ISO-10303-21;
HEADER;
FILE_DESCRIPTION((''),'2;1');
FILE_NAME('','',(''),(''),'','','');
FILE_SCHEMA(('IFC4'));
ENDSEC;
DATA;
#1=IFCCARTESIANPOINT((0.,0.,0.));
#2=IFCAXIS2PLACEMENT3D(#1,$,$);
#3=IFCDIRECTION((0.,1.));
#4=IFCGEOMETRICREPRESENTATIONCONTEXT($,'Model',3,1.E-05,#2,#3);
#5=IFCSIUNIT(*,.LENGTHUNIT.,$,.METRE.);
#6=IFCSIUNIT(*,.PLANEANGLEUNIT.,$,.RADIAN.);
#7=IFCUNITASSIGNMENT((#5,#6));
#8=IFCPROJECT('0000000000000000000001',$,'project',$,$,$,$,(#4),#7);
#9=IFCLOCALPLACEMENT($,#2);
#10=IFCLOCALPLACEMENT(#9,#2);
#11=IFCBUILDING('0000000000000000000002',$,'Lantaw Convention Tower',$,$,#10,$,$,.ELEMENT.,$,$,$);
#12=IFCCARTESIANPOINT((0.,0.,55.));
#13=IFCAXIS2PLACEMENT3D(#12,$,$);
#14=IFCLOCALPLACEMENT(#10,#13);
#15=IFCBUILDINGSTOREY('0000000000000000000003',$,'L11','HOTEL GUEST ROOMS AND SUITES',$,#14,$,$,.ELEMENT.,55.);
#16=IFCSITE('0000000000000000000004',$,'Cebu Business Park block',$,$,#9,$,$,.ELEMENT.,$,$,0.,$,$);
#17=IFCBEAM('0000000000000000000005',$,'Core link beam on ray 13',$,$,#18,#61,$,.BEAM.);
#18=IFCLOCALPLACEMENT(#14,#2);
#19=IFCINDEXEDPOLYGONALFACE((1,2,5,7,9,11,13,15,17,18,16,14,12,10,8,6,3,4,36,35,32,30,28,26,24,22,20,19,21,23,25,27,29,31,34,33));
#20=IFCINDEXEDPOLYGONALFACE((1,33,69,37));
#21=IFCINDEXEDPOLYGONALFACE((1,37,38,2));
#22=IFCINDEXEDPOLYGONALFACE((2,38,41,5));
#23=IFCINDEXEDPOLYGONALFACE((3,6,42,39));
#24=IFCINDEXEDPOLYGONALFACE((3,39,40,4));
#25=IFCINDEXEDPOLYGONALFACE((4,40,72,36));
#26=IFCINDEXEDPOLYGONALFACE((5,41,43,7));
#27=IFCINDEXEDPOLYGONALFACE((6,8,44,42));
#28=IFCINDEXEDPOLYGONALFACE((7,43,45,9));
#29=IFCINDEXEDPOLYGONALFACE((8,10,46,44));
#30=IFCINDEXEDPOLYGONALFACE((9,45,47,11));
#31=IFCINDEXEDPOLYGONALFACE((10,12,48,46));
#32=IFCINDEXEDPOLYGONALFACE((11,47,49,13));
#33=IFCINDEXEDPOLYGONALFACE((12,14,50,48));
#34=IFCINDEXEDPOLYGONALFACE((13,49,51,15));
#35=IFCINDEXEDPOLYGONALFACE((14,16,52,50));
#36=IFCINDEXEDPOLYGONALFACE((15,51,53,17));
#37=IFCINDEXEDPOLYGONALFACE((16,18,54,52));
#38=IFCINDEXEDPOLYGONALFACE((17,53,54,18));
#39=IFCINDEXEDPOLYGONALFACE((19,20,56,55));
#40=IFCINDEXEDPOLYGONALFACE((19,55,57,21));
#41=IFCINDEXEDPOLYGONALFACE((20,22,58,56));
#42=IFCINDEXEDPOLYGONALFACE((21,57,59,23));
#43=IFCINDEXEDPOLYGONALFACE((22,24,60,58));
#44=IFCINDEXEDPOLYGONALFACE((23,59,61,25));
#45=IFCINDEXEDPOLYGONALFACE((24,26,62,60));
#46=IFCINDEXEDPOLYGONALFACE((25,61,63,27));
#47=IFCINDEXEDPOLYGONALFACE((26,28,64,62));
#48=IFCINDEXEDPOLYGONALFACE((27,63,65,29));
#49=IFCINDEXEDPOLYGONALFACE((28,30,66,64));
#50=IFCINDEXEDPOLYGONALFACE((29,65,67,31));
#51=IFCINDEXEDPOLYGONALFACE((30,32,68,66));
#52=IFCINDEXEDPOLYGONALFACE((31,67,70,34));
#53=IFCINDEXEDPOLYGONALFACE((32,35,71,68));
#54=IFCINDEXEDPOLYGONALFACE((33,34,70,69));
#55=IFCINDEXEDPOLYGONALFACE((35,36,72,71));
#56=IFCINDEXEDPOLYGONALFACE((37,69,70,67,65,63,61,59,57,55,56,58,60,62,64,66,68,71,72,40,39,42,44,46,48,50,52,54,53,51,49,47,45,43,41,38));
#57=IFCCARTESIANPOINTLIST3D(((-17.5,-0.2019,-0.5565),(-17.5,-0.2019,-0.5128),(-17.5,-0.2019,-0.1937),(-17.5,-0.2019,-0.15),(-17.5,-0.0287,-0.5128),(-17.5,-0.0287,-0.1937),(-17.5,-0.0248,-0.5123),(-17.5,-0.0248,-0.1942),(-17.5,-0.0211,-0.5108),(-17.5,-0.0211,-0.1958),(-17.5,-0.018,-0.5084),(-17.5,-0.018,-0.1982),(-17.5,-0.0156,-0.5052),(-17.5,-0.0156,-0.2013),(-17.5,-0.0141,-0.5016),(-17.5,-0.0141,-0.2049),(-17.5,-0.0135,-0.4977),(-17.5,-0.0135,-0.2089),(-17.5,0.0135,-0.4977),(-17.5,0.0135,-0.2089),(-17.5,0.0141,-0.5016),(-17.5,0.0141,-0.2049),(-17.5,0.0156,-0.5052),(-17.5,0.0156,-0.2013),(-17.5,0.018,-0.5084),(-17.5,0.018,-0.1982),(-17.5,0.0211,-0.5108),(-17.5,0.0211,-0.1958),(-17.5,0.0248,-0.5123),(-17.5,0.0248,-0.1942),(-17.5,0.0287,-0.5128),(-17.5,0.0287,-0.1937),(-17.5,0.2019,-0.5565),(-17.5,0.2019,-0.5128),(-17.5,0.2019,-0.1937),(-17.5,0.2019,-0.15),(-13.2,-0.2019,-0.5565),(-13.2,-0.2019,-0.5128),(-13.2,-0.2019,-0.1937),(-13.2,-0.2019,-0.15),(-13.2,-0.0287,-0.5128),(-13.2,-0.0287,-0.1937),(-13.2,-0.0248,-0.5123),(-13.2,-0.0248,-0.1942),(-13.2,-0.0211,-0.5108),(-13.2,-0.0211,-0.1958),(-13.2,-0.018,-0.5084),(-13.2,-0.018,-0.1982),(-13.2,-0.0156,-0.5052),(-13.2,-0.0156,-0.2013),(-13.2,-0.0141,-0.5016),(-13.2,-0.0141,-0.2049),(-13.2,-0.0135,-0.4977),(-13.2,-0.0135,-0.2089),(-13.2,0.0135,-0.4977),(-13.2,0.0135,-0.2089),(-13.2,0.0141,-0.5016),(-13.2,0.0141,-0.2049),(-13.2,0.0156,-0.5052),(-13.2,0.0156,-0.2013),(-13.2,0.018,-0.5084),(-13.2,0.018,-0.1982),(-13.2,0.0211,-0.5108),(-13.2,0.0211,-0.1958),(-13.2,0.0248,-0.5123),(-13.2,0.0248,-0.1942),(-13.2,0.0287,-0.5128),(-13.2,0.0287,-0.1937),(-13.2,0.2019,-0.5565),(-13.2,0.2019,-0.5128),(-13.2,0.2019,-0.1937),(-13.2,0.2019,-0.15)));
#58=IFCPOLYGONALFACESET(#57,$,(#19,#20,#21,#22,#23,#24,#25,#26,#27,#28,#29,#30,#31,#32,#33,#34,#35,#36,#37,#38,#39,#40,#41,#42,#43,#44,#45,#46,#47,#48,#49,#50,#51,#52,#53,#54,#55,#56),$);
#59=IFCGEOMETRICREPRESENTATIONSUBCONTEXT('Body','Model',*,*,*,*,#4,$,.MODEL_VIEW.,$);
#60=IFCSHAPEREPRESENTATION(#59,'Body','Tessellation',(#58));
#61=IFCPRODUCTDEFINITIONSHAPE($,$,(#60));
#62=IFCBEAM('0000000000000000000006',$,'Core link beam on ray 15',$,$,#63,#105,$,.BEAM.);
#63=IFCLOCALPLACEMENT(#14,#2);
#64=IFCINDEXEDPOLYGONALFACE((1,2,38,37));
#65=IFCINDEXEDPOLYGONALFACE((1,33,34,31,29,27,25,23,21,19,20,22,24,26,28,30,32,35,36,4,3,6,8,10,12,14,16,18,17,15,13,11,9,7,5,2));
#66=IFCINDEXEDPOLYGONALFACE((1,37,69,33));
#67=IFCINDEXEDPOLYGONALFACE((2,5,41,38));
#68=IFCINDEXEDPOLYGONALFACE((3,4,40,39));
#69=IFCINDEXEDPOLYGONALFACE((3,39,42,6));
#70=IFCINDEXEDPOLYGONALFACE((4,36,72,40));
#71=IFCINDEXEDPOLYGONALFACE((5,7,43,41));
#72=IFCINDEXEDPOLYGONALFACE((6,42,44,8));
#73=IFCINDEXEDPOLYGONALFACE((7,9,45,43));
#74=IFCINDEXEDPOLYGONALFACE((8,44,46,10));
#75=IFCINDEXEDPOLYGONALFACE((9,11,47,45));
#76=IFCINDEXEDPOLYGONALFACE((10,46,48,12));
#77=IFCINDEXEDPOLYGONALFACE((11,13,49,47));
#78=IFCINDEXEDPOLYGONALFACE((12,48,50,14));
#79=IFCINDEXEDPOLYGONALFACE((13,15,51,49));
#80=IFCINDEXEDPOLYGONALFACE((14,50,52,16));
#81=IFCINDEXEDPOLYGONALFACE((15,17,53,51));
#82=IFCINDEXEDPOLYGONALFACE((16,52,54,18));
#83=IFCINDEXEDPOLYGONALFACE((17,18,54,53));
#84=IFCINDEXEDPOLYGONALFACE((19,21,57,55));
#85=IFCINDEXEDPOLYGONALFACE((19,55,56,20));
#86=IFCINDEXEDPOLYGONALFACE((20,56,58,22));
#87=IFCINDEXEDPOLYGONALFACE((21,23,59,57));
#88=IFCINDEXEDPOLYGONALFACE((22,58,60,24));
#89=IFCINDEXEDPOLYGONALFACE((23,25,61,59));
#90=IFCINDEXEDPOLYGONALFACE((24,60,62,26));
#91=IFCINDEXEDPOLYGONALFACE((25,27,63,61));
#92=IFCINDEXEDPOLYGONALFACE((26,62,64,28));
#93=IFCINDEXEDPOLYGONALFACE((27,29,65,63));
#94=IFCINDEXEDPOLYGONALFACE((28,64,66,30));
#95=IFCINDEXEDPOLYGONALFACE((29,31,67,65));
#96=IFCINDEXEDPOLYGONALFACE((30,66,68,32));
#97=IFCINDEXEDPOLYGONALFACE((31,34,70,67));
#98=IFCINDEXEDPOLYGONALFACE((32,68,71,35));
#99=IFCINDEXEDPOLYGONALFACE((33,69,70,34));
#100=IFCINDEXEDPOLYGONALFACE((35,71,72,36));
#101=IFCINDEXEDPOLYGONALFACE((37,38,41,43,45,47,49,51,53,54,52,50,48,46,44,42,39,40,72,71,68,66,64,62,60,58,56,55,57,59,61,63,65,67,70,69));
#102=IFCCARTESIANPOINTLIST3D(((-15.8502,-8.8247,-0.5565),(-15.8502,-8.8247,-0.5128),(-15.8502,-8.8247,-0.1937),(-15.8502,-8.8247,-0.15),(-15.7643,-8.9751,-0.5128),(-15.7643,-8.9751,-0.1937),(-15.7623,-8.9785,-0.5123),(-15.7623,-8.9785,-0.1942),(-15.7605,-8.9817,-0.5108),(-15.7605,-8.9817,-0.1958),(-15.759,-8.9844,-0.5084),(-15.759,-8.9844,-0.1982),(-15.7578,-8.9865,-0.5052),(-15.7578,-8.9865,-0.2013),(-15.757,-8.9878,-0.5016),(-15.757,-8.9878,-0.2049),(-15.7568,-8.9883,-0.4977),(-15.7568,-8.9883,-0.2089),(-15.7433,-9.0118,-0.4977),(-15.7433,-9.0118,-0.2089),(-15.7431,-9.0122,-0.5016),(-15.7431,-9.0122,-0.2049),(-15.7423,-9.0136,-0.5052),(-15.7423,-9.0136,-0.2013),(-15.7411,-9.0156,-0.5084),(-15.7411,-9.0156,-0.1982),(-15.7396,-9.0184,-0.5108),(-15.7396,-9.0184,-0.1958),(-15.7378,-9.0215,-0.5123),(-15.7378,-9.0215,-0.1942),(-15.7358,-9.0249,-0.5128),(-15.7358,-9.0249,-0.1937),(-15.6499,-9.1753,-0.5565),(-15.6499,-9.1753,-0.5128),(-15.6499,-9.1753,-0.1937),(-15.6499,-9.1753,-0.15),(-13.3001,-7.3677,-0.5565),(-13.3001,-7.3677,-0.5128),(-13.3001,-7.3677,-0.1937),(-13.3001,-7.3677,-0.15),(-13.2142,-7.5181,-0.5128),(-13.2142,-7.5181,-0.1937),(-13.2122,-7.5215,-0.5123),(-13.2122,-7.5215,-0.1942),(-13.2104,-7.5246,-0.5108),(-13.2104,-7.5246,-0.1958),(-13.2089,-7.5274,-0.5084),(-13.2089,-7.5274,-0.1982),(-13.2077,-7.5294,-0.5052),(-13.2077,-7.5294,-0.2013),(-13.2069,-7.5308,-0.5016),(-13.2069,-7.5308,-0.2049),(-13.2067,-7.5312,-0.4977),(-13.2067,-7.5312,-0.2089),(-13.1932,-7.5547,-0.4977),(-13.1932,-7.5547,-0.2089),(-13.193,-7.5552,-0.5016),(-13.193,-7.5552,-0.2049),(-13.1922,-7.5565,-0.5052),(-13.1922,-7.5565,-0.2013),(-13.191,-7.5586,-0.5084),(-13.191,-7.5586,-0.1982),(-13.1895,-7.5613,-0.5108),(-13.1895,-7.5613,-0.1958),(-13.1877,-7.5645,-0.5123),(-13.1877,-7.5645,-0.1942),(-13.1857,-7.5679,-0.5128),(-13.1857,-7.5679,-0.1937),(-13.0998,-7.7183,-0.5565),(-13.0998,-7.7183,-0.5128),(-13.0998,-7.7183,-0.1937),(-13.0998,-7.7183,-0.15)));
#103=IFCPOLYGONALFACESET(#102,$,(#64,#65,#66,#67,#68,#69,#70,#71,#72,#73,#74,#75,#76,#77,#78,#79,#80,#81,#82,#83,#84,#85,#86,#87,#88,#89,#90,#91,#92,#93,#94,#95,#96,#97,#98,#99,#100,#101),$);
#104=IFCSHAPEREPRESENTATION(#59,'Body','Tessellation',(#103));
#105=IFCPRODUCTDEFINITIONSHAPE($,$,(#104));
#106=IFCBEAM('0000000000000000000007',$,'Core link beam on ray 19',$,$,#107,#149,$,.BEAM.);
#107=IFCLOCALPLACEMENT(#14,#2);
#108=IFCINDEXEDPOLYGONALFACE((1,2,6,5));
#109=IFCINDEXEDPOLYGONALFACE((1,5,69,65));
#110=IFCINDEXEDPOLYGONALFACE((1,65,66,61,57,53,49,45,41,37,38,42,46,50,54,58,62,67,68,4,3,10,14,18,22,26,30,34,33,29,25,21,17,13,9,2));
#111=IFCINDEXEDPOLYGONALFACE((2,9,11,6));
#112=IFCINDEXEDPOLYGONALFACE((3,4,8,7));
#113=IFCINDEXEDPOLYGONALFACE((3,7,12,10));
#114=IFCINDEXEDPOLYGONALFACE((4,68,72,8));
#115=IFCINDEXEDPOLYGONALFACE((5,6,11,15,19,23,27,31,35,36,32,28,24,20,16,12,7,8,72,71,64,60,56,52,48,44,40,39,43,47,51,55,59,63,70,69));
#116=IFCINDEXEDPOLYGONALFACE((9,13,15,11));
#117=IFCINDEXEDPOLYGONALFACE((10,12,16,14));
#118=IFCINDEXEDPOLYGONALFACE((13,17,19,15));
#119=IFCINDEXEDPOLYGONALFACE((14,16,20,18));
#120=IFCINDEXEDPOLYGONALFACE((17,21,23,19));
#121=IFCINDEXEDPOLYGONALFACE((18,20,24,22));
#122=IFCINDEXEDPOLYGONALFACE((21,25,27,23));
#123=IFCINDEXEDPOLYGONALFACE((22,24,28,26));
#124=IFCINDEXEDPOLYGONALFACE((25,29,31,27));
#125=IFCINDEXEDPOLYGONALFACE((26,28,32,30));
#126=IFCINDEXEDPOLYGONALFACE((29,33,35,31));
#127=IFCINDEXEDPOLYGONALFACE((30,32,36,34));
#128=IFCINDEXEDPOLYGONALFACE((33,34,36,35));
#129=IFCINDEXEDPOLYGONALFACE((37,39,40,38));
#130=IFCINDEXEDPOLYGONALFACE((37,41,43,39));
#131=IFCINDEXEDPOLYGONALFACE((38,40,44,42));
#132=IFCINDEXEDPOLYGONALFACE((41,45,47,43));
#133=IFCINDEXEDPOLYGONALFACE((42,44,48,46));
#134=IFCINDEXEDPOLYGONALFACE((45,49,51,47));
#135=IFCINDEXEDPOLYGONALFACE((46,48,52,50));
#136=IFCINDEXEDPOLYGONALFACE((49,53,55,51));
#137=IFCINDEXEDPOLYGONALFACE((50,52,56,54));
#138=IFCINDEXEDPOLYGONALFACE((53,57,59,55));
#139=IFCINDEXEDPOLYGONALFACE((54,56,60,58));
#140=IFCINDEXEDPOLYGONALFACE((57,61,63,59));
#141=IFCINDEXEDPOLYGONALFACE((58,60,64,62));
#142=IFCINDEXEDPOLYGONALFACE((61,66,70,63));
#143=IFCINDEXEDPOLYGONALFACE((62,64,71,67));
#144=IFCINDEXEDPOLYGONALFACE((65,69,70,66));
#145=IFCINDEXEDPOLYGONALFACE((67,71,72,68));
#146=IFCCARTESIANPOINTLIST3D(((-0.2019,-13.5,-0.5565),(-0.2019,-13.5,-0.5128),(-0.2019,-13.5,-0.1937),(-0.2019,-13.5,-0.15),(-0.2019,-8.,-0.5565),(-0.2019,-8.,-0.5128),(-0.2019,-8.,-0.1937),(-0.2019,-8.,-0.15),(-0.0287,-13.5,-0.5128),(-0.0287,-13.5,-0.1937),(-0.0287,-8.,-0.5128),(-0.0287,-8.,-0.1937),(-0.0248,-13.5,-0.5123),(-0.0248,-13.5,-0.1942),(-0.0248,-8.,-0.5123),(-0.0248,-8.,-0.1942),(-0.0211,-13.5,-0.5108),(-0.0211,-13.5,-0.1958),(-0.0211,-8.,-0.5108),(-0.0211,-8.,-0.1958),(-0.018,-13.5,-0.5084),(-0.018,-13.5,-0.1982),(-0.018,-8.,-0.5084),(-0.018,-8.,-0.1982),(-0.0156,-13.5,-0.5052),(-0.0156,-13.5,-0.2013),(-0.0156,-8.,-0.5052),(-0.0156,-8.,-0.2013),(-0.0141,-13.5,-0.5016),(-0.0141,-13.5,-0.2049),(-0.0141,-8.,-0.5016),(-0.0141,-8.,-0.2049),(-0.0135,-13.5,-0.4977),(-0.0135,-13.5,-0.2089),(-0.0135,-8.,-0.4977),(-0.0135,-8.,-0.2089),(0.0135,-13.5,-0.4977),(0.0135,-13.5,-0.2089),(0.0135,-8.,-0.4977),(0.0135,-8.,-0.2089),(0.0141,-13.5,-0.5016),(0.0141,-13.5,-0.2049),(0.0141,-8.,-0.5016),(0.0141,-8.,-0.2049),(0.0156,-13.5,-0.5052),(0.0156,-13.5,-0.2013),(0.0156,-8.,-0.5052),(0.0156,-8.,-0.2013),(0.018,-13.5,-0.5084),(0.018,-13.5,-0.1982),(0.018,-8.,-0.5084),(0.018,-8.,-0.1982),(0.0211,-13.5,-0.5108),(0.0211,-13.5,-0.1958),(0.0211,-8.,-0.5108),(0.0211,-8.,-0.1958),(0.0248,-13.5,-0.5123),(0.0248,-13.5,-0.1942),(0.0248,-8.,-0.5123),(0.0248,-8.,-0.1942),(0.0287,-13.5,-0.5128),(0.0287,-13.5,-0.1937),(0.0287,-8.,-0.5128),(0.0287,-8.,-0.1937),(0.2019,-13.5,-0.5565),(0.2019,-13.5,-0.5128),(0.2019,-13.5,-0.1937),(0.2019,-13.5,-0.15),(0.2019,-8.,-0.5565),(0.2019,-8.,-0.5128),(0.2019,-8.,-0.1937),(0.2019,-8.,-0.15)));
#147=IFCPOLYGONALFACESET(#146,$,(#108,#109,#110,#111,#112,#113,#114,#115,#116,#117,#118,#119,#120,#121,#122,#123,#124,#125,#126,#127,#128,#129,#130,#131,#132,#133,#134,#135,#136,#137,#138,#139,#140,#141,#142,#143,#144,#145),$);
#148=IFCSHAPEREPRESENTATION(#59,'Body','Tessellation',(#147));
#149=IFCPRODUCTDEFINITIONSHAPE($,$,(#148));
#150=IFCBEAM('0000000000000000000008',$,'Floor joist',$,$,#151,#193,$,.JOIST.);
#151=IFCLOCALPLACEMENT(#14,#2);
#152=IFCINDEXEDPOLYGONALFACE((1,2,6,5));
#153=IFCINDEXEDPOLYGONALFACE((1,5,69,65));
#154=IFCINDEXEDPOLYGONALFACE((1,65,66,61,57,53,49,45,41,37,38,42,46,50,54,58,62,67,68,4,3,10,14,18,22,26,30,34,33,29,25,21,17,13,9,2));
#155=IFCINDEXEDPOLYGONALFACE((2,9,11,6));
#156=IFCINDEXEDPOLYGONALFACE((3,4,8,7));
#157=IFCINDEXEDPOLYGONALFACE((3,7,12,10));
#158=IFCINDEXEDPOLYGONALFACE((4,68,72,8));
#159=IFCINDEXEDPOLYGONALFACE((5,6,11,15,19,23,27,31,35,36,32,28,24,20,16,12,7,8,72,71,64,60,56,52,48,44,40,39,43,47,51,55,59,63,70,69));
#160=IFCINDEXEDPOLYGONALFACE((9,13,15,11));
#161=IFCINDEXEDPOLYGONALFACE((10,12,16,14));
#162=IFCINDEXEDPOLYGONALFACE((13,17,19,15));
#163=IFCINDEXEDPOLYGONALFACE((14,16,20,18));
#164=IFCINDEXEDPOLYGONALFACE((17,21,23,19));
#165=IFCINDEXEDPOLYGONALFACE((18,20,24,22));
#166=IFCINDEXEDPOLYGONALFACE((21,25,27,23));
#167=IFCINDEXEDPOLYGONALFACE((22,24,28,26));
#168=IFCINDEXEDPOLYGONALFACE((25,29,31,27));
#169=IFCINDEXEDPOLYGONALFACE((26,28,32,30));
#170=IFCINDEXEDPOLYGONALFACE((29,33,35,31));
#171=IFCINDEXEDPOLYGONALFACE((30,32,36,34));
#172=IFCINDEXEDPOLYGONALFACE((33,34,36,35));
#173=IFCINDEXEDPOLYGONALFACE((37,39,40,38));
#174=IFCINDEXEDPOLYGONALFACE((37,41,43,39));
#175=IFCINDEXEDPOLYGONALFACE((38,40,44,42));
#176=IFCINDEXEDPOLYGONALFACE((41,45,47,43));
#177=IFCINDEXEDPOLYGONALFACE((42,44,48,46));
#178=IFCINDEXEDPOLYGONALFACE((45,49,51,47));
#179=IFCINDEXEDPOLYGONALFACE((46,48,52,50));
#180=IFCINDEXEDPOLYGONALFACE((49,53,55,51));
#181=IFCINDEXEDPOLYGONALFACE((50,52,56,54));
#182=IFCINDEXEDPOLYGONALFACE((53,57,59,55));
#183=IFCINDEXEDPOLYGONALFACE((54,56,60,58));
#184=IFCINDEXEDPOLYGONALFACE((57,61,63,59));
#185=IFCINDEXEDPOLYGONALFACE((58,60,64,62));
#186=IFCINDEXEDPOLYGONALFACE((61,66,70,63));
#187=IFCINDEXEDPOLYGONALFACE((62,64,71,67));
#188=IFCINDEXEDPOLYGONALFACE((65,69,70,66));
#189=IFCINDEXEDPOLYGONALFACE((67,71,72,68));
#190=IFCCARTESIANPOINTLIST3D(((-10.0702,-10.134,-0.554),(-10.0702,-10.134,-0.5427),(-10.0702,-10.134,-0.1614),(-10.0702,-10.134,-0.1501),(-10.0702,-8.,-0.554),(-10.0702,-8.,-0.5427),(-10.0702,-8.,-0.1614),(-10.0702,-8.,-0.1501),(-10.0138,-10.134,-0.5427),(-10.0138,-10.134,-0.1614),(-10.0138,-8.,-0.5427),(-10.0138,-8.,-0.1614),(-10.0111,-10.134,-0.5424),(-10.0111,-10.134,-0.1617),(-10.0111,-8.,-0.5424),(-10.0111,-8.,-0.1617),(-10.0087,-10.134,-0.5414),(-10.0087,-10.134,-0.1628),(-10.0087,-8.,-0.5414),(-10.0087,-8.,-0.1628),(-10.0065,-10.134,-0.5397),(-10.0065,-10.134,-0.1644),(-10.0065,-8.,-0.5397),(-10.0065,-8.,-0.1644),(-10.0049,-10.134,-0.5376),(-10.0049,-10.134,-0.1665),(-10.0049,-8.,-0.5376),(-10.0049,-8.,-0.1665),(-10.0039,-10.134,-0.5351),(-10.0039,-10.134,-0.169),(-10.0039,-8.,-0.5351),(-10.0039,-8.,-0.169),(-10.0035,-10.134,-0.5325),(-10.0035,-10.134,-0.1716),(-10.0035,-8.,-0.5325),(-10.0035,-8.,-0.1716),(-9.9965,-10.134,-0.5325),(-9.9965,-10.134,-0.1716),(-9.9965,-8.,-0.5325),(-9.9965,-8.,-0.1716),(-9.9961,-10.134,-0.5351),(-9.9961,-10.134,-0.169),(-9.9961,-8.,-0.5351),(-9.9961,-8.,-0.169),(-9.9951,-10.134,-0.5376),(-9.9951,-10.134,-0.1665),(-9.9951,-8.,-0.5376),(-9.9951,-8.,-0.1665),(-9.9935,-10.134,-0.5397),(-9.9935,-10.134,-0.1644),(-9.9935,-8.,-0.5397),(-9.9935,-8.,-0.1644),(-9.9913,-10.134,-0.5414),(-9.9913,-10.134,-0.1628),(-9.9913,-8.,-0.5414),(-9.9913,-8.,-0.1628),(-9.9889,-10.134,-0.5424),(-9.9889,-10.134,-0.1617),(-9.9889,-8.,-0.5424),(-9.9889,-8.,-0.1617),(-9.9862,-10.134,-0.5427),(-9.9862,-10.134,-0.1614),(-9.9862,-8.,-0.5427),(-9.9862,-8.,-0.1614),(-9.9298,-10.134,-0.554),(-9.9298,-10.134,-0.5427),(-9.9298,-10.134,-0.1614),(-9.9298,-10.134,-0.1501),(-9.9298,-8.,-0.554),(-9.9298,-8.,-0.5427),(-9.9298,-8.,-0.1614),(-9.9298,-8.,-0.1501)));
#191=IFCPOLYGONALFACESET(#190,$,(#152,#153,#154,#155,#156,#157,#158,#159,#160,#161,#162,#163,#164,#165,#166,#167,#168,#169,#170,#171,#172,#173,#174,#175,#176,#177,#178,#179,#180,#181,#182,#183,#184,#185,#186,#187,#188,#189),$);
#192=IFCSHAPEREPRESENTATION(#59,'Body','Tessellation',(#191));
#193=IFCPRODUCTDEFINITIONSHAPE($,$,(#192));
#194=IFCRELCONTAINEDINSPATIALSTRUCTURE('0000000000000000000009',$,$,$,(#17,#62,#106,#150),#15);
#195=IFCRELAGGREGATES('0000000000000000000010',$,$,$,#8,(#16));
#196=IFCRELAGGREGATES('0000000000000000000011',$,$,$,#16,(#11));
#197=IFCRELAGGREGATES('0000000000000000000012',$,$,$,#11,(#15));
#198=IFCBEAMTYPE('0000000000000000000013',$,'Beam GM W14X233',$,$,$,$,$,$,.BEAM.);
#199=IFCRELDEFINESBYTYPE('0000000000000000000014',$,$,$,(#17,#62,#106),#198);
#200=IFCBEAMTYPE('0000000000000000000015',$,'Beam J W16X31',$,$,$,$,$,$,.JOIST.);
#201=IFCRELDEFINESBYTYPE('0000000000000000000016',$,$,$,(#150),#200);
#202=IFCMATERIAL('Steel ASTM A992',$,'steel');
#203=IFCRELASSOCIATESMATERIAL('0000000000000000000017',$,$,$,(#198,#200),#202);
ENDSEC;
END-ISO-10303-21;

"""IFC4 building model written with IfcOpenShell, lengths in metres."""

from ifc_helpers import new_model, si_unit, direction, frame, origin, origin_2d, place, context, subcontext, project, spatial, i_section, extrude, material, material_profile, profile_set, type_object, element, save


model = new_model("IFC4")

# Units and contexts
model_context = context("Model", 3, precision=1e-05, world=origin(), true_north=direction((0.0, 1.0)))
body_context = subcontext(model_context, "Body", "Model", "MODEL_VIEW")
ifc_project = project(units=[si_unit("LENGTHUNIT", "METRE"), si_unit("PLANEANGLEUNIT", "RADIAN")], contexts=[model_context])

# Site, building, storey
site_placement = place(None, origin())
site = spatial("IfcSite", under=ifc_project, at=site_placement, Name="Cebu Business Park block", CompositionType="ELEMENT", RefElevation=0.0)
building_placement = place(site_placement, origin())
building = spatial("IfcBuilding", under=site, at=building_placement, Name="Lantaw Convention Tower", CompositionType="ELEMENT")
storey_placement = place(building_placement, frame((0.0, 0.0, 55.0)))
storey = spatial("IfcBuildingStorey", under=building, at=storey_placement, Name="L11", Description="HOTEL GUEST ROOMS AND SUITES", CompositionType="ELEMENT", Elevation=55.0)

# Beams
ifc_material_1 = material(Name="Steel ASTM A992", Category="steel")
ifc_material_profile_1 = material_profile(ifc_material_1, i_section(OverallWidth=0.4038, OverallDepth=0.4065, WebThickness=0.0271, FlangeThickness=0.0437, FilletRadius=0.0151, at=origin_2d()), Name="W14X233")
ifc_profile_set_1 = profile_set([ifc_material_profile_1], Name="Steel ASTM A992")
beam_type_1 = type_object("IfcBeamType", Name="Beam GM W14X233", PredefinedType="BEAM", material=ifc_profile_set_1)
beam_1_placement = place(storey_placement, frame((-13.2, 0.0, -0.3533), z_axis=(-1.0, 0.0, 0.0), x_axis=(0.0, -1.0, 0.0)))
element("IfcBeam", 1, at=beam_1_placement, inside=storey, type_object=beam_type_1, Name="Core link beam on ray 13", PredefinedType="BEAM", context=body_context, shape_type="SweptSolid", body=[
    extrude(i_section(OverallWidth=0.4038, OverallDepth=0.4065, WebThickness=0.0271, FlangeThickness=0.0437, FilletRadius=0.0151, at=origin_2d()), origin(), (0.0, 0.0, 1.0), 4.3),
])
beam_2_placement = place(storey_placement, frame((-13.2, -7.543, -0.3533), z_axis=(-0.868264, -0.496103, 0.0), x_axis=(0.496103, -0.868264, 0.0)))
element("IfcBeam", 2, at=beam_2_placement, inside=storey, type_object=beam_type_1, Name="Core link beam on ray 15", PredefinedType="BEAM", context=body_context, shape_type="SweptSolid", body=[
    extrude(i_section(OverallWidth=0.4038, OverallDepth=0.4065, WebThickness=0.0271, FlangeThickness=0.0437, FilletRadius=0.0151, at=origin_2d()), origin(), (0.0, 0.0, 1.0), 2.937),
])
beam_3_placement = place(storey_placement, frame((0.0, -8.0, -0.3533), z_axis=(0.0, -1.0, 0.0), x_axis=(1.0, 0.0, 0.0)))
element("IfcBeam", 3, at=beam_3_placement, inside=storey, type_object=beam_type_1, Name="Core link beam on ray 19", PredefinedType="BEAM", context=body_context, shape_type="SweptSolid", body=[
    extrude(i_section(OverallWidth=0.4038, OverallDepth=0.4065, WebThickness=0.0271, FlangeThickness=0.0437, FilletRadius=0.0151, at=origin_2d()), origin(), (0.0, 0.0, 1.0), 5.5),
])
ifc_material_profile_2 = material_profile(ifc_material_1, i_section(OverallWidth=0.1404, OverallDepth=0.4038, WebThickness=0.0071, FlangeThickness=0.0112, FilletRadius=0.0103, at=origin_2d()), Name="W16X31")
ifc_profile_set_2 = profile_set([ifc_material_profile_2], Name="Steel ASTM A992")
beam_type_2 = type_object("IfcBeamType", Name="Beam J W16X31", PredefinedType="JOIST", material=ifc_profile_set_2)
beam_4_placement = place(storey_placement, frame((-10.0, -10.134, -0.3521), z_axis=(0.0, 1.0, 0.0), x_axis=(-1.0, 0.0, 0.0)))
element("IfcBeam", 4, at=beam_4_placement, inside=storey, type_object=beam_type_2, Name="Floor joist", PredefinedType="JOIST", context=body_context, shape_type="SweptSolid", body=[
    extrude(i_section(OverallWidth=0.1404, OverallDepth=0.4038, WebThickness=0.0071, FlangeThickness=0.0112, FilletRadius=0.0103, at=origin_2d()), origin(), (0.0, 0.0, 1.0), 2.134),
])

save(model, "model.ifc")
